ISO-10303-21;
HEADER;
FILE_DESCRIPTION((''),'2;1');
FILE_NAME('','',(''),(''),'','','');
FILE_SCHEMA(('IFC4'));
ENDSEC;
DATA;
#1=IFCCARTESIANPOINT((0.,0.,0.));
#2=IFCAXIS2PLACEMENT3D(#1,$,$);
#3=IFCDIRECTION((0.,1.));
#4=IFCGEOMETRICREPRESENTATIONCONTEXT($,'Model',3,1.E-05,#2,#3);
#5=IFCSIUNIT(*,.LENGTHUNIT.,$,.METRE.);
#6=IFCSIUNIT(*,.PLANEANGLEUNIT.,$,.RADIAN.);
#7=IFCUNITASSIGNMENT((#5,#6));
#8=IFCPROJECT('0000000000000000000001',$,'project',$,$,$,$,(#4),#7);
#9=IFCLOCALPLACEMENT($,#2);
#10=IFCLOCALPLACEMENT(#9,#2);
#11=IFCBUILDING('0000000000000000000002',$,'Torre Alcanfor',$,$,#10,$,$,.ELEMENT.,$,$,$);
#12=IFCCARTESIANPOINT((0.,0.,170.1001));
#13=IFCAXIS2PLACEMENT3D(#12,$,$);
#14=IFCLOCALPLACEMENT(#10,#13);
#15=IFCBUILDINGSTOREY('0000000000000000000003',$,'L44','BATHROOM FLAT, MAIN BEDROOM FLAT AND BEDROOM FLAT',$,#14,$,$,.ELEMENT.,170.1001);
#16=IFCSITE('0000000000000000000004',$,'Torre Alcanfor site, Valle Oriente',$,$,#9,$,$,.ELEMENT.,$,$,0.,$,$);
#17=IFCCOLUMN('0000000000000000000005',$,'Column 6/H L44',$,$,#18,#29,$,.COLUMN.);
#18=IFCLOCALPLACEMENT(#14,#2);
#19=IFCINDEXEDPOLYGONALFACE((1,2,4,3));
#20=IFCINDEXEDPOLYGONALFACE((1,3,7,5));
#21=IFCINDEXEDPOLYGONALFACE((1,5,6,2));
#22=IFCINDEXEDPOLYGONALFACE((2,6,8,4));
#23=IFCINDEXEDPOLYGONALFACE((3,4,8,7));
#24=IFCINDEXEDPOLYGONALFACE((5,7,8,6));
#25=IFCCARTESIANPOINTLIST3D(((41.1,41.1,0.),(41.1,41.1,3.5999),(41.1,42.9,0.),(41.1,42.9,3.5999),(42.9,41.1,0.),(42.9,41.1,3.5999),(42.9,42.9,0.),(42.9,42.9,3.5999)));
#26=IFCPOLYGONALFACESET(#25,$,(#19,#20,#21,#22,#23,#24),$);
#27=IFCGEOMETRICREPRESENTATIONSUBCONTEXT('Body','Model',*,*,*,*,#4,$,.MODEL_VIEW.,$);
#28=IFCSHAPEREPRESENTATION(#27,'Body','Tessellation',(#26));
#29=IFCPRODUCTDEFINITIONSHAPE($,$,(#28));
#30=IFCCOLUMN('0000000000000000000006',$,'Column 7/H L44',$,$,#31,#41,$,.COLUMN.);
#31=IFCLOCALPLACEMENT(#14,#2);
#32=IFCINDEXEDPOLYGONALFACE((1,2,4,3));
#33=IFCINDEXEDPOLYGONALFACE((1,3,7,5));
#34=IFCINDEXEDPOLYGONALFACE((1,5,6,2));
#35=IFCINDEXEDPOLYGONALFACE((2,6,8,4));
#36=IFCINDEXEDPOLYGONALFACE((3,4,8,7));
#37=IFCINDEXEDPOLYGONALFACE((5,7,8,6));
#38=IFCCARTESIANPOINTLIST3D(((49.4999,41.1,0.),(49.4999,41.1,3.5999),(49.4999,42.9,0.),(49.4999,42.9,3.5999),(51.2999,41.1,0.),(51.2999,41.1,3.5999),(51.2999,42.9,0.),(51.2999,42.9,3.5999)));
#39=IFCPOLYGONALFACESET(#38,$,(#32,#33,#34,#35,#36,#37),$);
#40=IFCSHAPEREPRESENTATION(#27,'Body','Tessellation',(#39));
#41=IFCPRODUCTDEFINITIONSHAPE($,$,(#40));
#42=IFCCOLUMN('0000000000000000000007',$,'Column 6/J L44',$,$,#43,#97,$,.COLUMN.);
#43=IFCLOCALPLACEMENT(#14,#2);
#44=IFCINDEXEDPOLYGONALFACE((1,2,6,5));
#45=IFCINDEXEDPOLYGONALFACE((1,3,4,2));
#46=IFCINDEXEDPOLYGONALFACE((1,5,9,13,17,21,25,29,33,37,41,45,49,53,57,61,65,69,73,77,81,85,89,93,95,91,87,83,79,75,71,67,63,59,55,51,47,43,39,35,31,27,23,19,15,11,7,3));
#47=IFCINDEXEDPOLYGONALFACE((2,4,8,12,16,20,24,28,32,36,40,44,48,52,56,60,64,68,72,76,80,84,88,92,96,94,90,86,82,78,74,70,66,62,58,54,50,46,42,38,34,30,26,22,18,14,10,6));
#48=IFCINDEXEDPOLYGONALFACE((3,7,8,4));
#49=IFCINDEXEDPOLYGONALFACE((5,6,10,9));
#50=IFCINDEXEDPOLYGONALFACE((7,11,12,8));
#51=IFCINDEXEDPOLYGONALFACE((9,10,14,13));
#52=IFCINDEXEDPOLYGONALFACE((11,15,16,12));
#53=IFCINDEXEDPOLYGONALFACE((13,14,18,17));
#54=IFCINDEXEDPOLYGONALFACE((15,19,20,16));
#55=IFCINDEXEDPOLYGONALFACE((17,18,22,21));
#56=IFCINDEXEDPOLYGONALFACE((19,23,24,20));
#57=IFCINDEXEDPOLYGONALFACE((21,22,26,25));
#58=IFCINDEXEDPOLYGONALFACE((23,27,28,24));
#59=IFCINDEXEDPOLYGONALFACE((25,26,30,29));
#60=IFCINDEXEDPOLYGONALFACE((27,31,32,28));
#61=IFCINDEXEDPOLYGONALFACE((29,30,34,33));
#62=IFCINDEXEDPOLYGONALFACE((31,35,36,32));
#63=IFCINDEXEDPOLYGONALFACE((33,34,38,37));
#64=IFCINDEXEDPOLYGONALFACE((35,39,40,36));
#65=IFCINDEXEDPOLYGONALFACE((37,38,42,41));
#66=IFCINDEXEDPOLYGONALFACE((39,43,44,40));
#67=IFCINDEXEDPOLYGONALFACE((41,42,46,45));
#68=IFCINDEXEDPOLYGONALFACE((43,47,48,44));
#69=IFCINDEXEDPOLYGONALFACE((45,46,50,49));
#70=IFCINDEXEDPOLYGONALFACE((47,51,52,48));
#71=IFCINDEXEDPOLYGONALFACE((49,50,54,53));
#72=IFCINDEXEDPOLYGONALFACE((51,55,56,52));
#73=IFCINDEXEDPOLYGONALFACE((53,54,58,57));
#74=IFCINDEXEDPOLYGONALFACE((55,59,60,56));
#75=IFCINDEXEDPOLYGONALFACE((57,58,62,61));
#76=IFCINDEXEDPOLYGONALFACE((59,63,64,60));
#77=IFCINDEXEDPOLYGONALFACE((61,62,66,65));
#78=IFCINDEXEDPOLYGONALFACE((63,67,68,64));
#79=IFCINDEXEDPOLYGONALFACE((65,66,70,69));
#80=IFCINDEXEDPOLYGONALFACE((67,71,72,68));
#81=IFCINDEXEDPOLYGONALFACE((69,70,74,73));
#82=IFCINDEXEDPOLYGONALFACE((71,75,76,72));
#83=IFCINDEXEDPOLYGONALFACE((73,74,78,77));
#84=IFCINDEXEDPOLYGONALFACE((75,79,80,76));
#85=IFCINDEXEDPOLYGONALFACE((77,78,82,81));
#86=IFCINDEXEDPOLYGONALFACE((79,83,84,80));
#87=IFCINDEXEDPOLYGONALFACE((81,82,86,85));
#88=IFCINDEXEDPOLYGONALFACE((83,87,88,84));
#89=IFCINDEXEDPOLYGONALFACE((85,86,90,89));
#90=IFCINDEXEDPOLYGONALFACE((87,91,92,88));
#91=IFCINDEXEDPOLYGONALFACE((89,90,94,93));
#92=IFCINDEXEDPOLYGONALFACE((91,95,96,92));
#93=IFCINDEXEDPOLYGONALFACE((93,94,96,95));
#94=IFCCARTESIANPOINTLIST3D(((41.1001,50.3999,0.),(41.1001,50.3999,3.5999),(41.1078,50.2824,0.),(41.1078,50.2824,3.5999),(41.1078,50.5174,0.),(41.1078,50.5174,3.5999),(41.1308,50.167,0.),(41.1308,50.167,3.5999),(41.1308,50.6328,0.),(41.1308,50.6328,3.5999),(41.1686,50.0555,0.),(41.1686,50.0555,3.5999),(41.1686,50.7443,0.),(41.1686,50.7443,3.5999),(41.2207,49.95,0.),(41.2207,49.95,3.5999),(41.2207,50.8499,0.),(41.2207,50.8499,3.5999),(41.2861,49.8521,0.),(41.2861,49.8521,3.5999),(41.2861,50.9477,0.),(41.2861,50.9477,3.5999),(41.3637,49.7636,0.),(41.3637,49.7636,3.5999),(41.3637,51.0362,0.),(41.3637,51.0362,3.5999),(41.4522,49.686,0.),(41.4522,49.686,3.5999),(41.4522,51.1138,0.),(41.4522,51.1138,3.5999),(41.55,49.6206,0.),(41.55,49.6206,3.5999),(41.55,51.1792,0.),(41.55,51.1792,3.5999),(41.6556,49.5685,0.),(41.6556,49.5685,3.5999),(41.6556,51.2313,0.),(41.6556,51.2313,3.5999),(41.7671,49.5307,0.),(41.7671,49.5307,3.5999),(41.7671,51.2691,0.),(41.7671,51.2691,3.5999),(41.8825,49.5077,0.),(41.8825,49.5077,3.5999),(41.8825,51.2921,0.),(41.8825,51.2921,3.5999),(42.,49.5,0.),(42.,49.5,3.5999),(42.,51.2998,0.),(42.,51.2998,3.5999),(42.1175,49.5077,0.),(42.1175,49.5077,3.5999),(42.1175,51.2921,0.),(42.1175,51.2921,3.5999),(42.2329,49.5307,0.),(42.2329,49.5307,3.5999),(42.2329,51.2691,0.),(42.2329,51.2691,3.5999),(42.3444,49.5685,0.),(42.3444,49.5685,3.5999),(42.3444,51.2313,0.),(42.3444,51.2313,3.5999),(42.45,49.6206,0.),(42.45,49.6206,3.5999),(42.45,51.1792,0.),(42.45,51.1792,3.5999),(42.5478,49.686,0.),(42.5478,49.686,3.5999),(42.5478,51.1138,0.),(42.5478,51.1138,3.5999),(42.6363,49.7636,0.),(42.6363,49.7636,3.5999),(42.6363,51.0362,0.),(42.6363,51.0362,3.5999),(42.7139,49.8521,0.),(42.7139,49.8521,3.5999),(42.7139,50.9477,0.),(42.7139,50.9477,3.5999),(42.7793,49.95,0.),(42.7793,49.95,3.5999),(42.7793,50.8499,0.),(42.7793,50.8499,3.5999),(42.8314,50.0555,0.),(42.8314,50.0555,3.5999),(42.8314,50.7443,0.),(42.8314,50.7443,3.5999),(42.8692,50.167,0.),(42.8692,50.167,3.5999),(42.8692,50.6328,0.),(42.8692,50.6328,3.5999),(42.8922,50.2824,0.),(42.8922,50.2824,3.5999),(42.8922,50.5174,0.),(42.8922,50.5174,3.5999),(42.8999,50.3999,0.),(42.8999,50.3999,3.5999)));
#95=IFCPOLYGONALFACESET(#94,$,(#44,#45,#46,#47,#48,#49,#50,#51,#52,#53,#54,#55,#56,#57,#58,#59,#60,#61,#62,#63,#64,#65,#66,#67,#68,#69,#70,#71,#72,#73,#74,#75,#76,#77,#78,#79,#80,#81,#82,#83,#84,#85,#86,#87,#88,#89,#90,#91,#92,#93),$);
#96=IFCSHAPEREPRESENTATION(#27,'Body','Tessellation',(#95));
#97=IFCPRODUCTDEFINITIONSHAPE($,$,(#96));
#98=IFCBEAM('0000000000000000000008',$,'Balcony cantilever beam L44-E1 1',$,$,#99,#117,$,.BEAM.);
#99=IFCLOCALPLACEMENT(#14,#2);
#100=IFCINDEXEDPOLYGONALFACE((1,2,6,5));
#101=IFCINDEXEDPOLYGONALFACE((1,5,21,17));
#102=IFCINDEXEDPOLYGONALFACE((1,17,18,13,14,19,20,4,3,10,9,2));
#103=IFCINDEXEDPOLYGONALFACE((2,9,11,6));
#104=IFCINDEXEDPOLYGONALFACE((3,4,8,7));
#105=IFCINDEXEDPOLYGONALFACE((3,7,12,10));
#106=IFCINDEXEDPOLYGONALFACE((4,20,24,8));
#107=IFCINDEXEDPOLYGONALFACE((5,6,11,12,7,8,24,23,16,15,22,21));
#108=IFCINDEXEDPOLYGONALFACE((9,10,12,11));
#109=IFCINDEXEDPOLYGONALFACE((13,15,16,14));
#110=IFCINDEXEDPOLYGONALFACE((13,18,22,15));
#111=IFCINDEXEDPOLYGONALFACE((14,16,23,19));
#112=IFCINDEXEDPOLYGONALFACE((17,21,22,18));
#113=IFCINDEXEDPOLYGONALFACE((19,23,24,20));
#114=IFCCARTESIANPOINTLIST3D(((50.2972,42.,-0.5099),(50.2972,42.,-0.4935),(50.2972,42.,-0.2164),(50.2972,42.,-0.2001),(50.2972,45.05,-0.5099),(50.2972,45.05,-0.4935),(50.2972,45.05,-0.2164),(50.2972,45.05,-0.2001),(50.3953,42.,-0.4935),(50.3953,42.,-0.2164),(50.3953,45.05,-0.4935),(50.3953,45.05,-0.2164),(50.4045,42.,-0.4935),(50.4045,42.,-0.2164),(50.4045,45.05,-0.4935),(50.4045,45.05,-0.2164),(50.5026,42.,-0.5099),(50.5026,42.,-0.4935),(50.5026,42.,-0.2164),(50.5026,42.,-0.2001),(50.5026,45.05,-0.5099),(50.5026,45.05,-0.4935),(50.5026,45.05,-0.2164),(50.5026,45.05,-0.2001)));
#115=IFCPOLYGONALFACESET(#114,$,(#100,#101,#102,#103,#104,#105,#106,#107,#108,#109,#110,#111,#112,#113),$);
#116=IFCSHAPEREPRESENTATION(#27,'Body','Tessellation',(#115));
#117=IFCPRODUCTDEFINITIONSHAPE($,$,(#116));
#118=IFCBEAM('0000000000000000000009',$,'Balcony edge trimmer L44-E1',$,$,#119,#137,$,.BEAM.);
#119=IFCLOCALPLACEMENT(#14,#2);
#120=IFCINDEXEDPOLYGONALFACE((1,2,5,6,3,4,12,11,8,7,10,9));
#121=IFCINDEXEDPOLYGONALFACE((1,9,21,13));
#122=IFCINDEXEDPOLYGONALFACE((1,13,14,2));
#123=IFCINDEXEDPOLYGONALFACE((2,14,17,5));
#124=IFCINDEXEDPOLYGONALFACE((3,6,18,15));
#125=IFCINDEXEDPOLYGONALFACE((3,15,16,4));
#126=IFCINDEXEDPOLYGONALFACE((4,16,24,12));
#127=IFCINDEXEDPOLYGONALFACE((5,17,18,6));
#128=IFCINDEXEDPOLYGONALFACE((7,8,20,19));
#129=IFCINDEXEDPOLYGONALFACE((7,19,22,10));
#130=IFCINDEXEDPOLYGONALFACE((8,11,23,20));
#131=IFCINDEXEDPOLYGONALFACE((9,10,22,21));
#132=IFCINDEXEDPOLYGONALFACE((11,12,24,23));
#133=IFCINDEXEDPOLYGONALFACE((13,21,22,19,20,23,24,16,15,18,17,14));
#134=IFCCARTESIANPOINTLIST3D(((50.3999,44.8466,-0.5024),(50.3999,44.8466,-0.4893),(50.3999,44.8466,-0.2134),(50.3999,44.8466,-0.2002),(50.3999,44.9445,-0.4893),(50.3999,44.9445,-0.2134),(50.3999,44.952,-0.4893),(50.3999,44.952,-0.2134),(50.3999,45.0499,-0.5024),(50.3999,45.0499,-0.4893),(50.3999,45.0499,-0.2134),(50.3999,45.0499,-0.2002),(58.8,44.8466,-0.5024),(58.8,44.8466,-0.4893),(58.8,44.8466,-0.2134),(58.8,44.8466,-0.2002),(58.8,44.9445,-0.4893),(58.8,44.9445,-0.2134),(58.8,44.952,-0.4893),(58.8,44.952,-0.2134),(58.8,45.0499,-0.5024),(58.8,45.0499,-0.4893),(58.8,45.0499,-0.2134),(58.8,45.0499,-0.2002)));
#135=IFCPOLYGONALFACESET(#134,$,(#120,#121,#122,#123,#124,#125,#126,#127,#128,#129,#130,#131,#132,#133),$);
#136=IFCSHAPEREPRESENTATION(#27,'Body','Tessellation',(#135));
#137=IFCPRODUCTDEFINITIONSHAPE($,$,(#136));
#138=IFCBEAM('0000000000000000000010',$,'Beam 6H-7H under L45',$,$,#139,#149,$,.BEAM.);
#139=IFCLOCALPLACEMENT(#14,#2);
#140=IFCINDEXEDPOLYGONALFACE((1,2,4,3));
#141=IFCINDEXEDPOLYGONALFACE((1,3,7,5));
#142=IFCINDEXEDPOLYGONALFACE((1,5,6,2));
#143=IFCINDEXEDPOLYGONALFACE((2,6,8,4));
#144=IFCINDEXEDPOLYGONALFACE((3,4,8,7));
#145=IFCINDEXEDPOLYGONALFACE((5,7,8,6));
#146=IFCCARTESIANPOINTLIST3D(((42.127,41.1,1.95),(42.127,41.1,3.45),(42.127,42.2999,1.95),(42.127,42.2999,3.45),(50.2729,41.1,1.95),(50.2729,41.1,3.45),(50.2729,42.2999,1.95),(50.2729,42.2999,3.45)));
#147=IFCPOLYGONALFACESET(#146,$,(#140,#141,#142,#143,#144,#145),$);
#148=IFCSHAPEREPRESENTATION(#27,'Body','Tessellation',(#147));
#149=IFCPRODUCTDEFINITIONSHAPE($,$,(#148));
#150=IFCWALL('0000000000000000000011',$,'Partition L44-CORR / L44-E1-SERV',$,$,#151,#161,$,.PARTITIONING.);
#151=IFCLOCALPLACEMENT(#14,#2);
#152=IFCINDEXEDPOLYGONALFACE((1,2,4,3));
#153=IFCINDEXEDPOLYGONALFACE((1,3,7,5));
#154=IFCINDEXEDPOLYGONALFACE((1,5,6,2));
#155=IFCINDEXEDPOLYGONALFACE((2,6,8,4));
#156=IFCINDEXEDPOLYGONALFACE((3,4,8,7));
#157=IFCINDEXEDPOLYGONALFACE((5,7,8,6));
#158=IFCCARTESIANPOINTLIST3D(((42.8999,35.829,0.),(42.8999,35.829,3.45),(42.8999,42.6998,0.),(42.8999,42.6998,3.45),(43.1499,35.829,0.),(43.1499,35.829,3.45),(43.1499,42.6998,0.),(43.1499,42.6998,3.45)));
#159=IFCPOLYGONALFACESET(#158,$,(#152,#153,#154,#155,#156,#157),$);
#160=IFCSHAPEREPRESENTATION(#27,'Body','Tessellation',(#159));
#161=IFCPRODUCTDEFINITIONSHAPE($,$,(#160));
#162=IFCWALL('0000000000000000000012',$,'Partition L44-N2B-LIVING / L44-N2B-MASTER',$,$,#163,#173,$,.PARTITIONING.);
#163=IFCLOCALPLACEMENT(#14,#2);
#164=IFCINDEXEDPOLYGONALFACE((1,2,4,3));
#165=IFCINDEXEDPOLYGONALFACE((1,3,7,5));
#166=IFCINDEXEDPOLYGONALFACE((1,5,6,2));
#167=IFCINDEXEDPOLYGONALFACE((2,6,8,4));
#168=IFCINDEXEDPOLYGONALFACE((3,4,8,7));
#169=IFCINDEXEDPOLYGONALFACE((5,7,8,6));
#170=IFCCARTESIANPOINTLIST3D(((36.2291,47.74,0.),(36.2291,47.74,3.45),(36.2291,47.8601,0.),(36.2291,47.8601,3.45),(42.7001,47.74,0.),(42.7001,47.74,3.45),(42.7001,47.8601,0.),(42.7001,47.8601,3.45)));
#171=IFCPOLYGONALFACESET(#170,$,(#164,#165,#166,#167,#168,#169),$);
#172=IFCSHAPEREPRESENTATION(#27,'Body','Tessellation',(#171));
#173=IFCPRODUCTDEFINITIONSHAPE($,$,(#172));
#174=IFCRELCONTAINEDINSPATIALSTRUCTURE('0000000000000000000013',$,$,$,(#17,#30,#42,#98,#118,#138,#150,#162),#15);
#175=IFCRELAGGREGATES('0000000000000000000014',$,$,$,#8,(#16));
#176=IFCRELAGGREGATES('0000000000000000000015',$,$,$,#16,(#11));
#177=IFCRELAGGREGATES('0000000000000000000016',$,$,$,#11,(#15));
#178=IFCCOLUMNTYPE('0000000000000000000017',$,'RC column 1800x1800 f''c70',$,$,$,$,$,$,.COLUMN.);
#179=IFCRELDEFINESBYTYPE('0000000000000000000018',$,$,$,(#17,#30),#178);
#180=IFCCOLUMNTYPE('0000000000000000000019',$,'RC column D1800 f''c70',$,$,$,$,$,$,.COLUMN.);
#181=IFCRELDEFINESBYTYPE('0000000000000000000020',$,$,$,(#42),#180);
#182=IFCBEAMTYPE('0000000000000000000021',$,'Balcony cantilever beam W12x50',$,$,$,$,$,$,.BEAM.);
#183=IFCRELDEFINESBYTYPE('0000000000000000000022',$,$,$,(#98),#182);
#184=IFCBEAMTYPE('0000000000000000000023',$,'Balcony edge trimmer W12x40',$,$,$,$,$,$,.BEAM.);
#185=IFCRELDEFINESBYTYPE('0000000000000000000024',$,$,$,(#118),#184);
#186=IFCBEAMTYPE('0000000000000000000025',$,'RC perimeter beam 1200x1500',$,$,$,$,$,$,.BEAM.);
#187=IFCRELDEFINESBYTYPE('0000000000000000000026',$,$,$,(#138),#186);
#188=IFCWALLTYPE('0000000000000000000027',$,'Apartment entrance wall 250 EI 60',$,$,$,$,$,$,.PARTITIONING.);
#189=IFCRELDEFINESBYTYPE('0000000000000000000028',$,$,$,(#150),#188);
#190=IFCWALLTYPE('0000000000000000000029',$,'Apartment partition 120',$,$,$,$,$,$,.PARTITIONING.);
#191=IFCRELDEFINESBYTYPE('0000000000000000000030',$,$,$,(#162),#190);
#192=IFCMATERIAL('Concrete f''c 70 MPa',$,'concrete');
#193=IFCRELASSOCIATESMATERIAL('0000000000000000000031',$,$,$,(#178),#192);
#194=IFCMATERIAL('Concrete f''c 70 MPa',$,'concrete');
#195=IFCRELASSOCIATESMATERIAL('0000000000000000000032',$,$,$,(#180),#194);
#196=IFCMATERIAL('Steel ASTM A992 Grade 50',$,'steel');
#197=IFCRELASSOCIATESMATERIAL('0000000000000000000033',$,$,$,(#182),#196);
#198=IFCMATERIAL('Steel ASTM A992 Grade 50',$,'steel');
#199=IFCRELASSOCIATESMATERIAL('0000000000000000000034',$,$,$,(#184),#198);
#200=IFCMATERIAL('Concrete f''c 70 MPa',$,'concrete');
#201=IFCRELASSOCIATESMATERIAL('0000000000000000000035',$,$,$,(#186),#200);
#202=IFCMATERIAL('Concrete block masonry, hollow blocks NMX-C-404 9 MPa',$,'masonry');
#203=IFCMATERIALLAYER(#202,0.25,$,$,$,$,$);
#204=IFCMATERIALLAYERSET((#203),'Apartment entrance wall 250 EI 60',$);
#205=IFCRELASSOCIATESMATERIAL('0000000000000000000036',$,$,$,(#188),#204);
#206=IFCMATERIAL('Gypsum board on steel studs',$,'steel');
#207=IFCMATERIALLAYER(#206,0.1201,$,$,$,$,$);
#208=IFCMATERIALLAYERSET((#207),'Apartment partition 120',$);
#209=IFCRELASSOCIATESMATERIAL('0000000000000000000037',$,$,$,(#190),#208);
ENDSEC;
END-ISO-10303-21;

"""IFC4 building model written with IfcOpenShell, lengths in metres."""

from ifc_helpers import new_model, si_unit, direction, frame, frame_2d, origin, origin_2d, place, context, subcontext, project, spatial, rectangle, circle, i_section, extrude, material, layer, layer_set, material_profile, profile_set, type_object, element, save


model = new_model("IFC4")

# Units and contexts
model_context = context("Model", 3, precision=1e-05, world=origin(), true_north=direction((0.0, 1.0)))
body_context = subcontext(model_context, "Body", "Model", "MODEL_VIEW")
ifc_project = project(units=[si_unit("LENGTHUNIT", "METRE"), si_unit("PLANEANGLEUNIT", "RADIAN")], contexts=[model_context])

# Site, building, storey
site_placement = place(None, origin())
site = spatial("IfcSite", under=ifc_project, at=site_placement, Name="Torre Alcanfor site, Valle Oriente", CompositionType="ELEMENT", RefElevation=0.0)
building_placement = place(site_placement, origin())
building = spatial("IfcBuilding", under=site, at=building_placement, Name="Torre Alcanfor", CompositionType="ELEMENT")
storey_placement = place(building_placement, frame((0.0, 0.0, 170.1001)))
storey = spatial("IfcBuildingStorey", under=building, at=storey_placement, Name="L44", Description="BATHROOM FLAT, MAIN BEDROOM FLAT AND BEDROOM FLAT", CompositionType="ELEMENT", Elevation=170.1001)

# Columns
ifc_material_1 = material(Name="Concrete f'c 70 MPa", Category="concrete")
ifc_material_profile_1 = material_profile(ifc_material_1, rectangle(XDim=1.8, YDim=1.8, at=origin_2d()), Name="1800x1800")
ifc_profile_set_1 = profile_set([ifc_material_profile_1], Name="Concrete f'c 70 MPa")
column_type_1 = type_object("IfcColumnType", Name="RC column 1800x1800 f'c70", PredefinedType="COLUMN", material=ifc_profile_set_1)
for number, where, z_axis, x_axis, name in (
    (1, (42.0, 42.0, 0.0), (0.0, 0.0, 1.0), (1.0, 0.0, 0.0), "Column 6/H L44"),
    (2, (50.3999, 42.0, 0.0), (0.0, 0.0, 1.0), (1.0, 0.0, 0.0), "Column 7/H L44"),
):
    element("IfcColumn", number, at=place(storey_placement, frame(where, z_axis=z_axis, x_axis=x_axis)), inside=storey, type_object=column_type_1, Name=name, PredefinedType="COLUMN", context=body_context, shape_type="SweptSolid", body=[
        extrude(rectangle(XDim=1.8, YDim=1.8, at=origin_2d()), origin(), (0.0, 0.0, 1.0), 3.5999),
    ])
ifc_material_2 = material(Name="Concrete f'c 70 MPa", Category="concrete")
ifc_material_profile_2 = material_profile(ifc_material_2, circle(Radius=0.8999, at=origin_2d()), Name="D1800")
ifc_profile_set_2 = profile_set([ifc_material_profile_2], Name="Concrete f'c 70 MPa")
column_type_2 = type_object("IfcColumnType", Name="RC column D1800 f'c70", PredefinedType="COLUMN", material=ifc_profile_set_2)
column_placement = place(storey_placement, frame((42.0, 50.3999, 0.0), z_axis=(0.0, 0.0, 1.0), x_axis=(1.0, 0.0, 0.0)))
element("IfcColumn", 3, at=column_placement, inside=storey, type_object=column_type_2, Name="Column 6/J L44", PredefinedType="COLUMN", context=body_context, shape_type="SweptSolid", body=[
    extrude(circle(Radius=0.8999, at=origin_2d()), origin(), (0.0, 0.0, 1.0), 3.5999),
])

# Beams
ifc_material_3 = material(Name="Steel ASTM A992 Grade 50", Category="steel")
ifc_material_profile_3 = material_profile(ifc_material_3, i_section(OverallWidth=0.2053, OverallDepth=0.3098, WebThickness=0.0093, FlangeThickness=0.0164, at=origin_2d()), Name="W12x50")
ifc_profile_set_3 = profile_set([ifc_material_profile_3], Name="Steel ASTM A992 Grade 50")
beam_type_1 = type_object("IfcBeamType", Name="Balcony cantilever beam W12x50", PredefinedType="BEAM", material=ifc_profile_set_3)
beam_1_placement = place(storey_placement, frame((50.3999, 42.0, -0.355), z_axis=(0.0, 1.0, 0.0), x_axis=(-1.0, 0.0, 0.0)))
element("IfcBeam", 4, at=beam_1_placement, inside=storey, type_object=beam_type_1, Name="Balcony cantilever beam L44-E1 1", PredefinedType="BEAM", context=body_context, shape_type="SweptSolid", body=[
    extrude(i_section(OverallWidth=0.2053, OverallDepth=0.3098, WebThickness=0.0093, FlangeThickness=0.0164, at=origin_2d()), origin(), (0.0, 0.0, 1.0), 3.05),
])
ifc_material_4 = material(Name="Steel ASTM A992 Grade 50", Category="steel")
ifc_material_profile_4 = material_profile(ifc_material_4, i_section(OverallWidth=0.2034, OverallDepth=0.3022, WebThickness=0.0076, FlangeThickness=0.0132, at=origin_2d()), Name="W12x40")
ifc_profile_set_4 = profile_set([ifc_material_profile_4], Name="Steel ASTM A992 Grade 50")
beam_type_2 = type_object("IfcBeamType", Name="Balcony edge trimmer W12x40", PredefinedType="BEAM", material=ifc_profile_set_4)
beam_2_placement = place(storey_placement, frame((50.3999, 44.9482, -0.3513), z_axis=(1.0, 0.0, 0.0), x_axis=(0.0, 1.0, 0.0)))
element("IfcBeam", 5, at=beam_2_placement, inside=storey, type_object=beam_type_2, Name="Balcony edge trimmer L44-E1", PredefinedType="BEAM", context=body_context, shape_type="SweptSolid", body=[
    extrude(i_section(OverallWidth=0.2034, OverallDepth=0.3022, WebThickness=0.0076, FlangeThickness=0.0132, at=origin_2d()), origin(), (0.0, 0.0, 1.0), 8.4001),
])
ifc_material_5 = material(Name="Concrete f'c 70 MPa", Category="concrete")
ifc_material_profile_5 = material_profile(ifc_material_5, rectangle(XDim=1.2, YDim=1.5, at=origin_2d()), Name="1200x1500")
ifc_profile_set_5 = profile_set([ifc_material_profile_5], Name="Concrete f'c 70 MPa")
beam_type_3 = type_object("IfcBeamType", Name="RC perimeter beam 1200x1500", PredefinedType="BEAM", material=ifc_profile_set_5)
beam_3_placement = place(storey_placement, frame((42.127, 41.7, 2.7), z_axis=(1.0, 0.0, 0.0), x_axis=(0.0, 1.0, 0.0)))
element("IfcBeam", 6, at=beam_3_placement, inside=storey, type_object=beam_type_3, Name="Beam 6H-7H under L45", PredefinedType="BEAM", context=body_context, shape_type="SweptSolid", body=[
    extrude(rectangle(XDim=1.2, YDim=1.5, at=origin_2d()), origin(), (0.0, 0.0, 1.0), 8.146),
])

# Walls
ifc_material_6 = material(Name="Concrete block masonry, hollow blocks NMX-C-404 9 MPa", Category="masonry")
ifc_layer_1 = layer(ifc_material_6, 0.25)
ifc_layer_set_1 = layer_set([ifc_layer_1], Name="Apartment entrance wall 250 EI 60")
wall_type_1 = type_object("IfcWallType", Name="Apartment entrance wall 250 EI 60", PredefinedType="PARTITIONING", material=ifc_layer_set_1)
wall_1_placement = place(storey_placement, frame((43.0249, 42.7, 0.0), z_axis=(0.0, 0.0, 1.0), x_axis=(0.0, -1.0, 0.0)))
element("IfcWall", 7, at=wall_1_placement, inside=storey, type_object=wall_type_1, Name="Partition L44-CORR / L44-E1-SERV", PredefinedType="PARTITIONING", context=body_context, shape_type="SweptSolid", body=[
    extrude(rectangle(XDim=6.8708, YDim=0.25, at=frame_2d((3.4355, 0.0))), origin(), (0.0, 0.0, 1.0), 3.45),
])
ifc_material_7 = material(Name="Gypsum board on steel studs", Category="steel")
ifc_layer_2 = layer(ifc_material_7, 0.1201)
ifc_layer_set_2 = layer_set([ifc_layer_2], Name="Apartment partition 120")
wall_type_2 = type_object("IfcWallType", Name="Apartment partition 120", PredefinedType="PARTITIONING", material=ifc_layer_set_2)
wall_2_placement = place(storey_placement, frame((42.7, 47.8, 0.0), z_axis=(0.0, 0.0, 1.0), x_axis=(-1.0, 0.0, 0.0)))
element("IfcWall", 8, at=wall_2_placement, inside=storey, type_object=wall_type_2, Name="Partition L44-N2B-LIVING / L44-N2B-MASTER", PredefinedType="PARTITIONING", context=body_context, shape_type="SweptSolid", body=[
    extrude(rectangle(XDim=6.4709, YDim=0.1201, at=frame_2d((3.2354, 0.0))), origin(), (0.0, 0.0, 1.0), 3.45),
])

save(model, "model.ifc")
